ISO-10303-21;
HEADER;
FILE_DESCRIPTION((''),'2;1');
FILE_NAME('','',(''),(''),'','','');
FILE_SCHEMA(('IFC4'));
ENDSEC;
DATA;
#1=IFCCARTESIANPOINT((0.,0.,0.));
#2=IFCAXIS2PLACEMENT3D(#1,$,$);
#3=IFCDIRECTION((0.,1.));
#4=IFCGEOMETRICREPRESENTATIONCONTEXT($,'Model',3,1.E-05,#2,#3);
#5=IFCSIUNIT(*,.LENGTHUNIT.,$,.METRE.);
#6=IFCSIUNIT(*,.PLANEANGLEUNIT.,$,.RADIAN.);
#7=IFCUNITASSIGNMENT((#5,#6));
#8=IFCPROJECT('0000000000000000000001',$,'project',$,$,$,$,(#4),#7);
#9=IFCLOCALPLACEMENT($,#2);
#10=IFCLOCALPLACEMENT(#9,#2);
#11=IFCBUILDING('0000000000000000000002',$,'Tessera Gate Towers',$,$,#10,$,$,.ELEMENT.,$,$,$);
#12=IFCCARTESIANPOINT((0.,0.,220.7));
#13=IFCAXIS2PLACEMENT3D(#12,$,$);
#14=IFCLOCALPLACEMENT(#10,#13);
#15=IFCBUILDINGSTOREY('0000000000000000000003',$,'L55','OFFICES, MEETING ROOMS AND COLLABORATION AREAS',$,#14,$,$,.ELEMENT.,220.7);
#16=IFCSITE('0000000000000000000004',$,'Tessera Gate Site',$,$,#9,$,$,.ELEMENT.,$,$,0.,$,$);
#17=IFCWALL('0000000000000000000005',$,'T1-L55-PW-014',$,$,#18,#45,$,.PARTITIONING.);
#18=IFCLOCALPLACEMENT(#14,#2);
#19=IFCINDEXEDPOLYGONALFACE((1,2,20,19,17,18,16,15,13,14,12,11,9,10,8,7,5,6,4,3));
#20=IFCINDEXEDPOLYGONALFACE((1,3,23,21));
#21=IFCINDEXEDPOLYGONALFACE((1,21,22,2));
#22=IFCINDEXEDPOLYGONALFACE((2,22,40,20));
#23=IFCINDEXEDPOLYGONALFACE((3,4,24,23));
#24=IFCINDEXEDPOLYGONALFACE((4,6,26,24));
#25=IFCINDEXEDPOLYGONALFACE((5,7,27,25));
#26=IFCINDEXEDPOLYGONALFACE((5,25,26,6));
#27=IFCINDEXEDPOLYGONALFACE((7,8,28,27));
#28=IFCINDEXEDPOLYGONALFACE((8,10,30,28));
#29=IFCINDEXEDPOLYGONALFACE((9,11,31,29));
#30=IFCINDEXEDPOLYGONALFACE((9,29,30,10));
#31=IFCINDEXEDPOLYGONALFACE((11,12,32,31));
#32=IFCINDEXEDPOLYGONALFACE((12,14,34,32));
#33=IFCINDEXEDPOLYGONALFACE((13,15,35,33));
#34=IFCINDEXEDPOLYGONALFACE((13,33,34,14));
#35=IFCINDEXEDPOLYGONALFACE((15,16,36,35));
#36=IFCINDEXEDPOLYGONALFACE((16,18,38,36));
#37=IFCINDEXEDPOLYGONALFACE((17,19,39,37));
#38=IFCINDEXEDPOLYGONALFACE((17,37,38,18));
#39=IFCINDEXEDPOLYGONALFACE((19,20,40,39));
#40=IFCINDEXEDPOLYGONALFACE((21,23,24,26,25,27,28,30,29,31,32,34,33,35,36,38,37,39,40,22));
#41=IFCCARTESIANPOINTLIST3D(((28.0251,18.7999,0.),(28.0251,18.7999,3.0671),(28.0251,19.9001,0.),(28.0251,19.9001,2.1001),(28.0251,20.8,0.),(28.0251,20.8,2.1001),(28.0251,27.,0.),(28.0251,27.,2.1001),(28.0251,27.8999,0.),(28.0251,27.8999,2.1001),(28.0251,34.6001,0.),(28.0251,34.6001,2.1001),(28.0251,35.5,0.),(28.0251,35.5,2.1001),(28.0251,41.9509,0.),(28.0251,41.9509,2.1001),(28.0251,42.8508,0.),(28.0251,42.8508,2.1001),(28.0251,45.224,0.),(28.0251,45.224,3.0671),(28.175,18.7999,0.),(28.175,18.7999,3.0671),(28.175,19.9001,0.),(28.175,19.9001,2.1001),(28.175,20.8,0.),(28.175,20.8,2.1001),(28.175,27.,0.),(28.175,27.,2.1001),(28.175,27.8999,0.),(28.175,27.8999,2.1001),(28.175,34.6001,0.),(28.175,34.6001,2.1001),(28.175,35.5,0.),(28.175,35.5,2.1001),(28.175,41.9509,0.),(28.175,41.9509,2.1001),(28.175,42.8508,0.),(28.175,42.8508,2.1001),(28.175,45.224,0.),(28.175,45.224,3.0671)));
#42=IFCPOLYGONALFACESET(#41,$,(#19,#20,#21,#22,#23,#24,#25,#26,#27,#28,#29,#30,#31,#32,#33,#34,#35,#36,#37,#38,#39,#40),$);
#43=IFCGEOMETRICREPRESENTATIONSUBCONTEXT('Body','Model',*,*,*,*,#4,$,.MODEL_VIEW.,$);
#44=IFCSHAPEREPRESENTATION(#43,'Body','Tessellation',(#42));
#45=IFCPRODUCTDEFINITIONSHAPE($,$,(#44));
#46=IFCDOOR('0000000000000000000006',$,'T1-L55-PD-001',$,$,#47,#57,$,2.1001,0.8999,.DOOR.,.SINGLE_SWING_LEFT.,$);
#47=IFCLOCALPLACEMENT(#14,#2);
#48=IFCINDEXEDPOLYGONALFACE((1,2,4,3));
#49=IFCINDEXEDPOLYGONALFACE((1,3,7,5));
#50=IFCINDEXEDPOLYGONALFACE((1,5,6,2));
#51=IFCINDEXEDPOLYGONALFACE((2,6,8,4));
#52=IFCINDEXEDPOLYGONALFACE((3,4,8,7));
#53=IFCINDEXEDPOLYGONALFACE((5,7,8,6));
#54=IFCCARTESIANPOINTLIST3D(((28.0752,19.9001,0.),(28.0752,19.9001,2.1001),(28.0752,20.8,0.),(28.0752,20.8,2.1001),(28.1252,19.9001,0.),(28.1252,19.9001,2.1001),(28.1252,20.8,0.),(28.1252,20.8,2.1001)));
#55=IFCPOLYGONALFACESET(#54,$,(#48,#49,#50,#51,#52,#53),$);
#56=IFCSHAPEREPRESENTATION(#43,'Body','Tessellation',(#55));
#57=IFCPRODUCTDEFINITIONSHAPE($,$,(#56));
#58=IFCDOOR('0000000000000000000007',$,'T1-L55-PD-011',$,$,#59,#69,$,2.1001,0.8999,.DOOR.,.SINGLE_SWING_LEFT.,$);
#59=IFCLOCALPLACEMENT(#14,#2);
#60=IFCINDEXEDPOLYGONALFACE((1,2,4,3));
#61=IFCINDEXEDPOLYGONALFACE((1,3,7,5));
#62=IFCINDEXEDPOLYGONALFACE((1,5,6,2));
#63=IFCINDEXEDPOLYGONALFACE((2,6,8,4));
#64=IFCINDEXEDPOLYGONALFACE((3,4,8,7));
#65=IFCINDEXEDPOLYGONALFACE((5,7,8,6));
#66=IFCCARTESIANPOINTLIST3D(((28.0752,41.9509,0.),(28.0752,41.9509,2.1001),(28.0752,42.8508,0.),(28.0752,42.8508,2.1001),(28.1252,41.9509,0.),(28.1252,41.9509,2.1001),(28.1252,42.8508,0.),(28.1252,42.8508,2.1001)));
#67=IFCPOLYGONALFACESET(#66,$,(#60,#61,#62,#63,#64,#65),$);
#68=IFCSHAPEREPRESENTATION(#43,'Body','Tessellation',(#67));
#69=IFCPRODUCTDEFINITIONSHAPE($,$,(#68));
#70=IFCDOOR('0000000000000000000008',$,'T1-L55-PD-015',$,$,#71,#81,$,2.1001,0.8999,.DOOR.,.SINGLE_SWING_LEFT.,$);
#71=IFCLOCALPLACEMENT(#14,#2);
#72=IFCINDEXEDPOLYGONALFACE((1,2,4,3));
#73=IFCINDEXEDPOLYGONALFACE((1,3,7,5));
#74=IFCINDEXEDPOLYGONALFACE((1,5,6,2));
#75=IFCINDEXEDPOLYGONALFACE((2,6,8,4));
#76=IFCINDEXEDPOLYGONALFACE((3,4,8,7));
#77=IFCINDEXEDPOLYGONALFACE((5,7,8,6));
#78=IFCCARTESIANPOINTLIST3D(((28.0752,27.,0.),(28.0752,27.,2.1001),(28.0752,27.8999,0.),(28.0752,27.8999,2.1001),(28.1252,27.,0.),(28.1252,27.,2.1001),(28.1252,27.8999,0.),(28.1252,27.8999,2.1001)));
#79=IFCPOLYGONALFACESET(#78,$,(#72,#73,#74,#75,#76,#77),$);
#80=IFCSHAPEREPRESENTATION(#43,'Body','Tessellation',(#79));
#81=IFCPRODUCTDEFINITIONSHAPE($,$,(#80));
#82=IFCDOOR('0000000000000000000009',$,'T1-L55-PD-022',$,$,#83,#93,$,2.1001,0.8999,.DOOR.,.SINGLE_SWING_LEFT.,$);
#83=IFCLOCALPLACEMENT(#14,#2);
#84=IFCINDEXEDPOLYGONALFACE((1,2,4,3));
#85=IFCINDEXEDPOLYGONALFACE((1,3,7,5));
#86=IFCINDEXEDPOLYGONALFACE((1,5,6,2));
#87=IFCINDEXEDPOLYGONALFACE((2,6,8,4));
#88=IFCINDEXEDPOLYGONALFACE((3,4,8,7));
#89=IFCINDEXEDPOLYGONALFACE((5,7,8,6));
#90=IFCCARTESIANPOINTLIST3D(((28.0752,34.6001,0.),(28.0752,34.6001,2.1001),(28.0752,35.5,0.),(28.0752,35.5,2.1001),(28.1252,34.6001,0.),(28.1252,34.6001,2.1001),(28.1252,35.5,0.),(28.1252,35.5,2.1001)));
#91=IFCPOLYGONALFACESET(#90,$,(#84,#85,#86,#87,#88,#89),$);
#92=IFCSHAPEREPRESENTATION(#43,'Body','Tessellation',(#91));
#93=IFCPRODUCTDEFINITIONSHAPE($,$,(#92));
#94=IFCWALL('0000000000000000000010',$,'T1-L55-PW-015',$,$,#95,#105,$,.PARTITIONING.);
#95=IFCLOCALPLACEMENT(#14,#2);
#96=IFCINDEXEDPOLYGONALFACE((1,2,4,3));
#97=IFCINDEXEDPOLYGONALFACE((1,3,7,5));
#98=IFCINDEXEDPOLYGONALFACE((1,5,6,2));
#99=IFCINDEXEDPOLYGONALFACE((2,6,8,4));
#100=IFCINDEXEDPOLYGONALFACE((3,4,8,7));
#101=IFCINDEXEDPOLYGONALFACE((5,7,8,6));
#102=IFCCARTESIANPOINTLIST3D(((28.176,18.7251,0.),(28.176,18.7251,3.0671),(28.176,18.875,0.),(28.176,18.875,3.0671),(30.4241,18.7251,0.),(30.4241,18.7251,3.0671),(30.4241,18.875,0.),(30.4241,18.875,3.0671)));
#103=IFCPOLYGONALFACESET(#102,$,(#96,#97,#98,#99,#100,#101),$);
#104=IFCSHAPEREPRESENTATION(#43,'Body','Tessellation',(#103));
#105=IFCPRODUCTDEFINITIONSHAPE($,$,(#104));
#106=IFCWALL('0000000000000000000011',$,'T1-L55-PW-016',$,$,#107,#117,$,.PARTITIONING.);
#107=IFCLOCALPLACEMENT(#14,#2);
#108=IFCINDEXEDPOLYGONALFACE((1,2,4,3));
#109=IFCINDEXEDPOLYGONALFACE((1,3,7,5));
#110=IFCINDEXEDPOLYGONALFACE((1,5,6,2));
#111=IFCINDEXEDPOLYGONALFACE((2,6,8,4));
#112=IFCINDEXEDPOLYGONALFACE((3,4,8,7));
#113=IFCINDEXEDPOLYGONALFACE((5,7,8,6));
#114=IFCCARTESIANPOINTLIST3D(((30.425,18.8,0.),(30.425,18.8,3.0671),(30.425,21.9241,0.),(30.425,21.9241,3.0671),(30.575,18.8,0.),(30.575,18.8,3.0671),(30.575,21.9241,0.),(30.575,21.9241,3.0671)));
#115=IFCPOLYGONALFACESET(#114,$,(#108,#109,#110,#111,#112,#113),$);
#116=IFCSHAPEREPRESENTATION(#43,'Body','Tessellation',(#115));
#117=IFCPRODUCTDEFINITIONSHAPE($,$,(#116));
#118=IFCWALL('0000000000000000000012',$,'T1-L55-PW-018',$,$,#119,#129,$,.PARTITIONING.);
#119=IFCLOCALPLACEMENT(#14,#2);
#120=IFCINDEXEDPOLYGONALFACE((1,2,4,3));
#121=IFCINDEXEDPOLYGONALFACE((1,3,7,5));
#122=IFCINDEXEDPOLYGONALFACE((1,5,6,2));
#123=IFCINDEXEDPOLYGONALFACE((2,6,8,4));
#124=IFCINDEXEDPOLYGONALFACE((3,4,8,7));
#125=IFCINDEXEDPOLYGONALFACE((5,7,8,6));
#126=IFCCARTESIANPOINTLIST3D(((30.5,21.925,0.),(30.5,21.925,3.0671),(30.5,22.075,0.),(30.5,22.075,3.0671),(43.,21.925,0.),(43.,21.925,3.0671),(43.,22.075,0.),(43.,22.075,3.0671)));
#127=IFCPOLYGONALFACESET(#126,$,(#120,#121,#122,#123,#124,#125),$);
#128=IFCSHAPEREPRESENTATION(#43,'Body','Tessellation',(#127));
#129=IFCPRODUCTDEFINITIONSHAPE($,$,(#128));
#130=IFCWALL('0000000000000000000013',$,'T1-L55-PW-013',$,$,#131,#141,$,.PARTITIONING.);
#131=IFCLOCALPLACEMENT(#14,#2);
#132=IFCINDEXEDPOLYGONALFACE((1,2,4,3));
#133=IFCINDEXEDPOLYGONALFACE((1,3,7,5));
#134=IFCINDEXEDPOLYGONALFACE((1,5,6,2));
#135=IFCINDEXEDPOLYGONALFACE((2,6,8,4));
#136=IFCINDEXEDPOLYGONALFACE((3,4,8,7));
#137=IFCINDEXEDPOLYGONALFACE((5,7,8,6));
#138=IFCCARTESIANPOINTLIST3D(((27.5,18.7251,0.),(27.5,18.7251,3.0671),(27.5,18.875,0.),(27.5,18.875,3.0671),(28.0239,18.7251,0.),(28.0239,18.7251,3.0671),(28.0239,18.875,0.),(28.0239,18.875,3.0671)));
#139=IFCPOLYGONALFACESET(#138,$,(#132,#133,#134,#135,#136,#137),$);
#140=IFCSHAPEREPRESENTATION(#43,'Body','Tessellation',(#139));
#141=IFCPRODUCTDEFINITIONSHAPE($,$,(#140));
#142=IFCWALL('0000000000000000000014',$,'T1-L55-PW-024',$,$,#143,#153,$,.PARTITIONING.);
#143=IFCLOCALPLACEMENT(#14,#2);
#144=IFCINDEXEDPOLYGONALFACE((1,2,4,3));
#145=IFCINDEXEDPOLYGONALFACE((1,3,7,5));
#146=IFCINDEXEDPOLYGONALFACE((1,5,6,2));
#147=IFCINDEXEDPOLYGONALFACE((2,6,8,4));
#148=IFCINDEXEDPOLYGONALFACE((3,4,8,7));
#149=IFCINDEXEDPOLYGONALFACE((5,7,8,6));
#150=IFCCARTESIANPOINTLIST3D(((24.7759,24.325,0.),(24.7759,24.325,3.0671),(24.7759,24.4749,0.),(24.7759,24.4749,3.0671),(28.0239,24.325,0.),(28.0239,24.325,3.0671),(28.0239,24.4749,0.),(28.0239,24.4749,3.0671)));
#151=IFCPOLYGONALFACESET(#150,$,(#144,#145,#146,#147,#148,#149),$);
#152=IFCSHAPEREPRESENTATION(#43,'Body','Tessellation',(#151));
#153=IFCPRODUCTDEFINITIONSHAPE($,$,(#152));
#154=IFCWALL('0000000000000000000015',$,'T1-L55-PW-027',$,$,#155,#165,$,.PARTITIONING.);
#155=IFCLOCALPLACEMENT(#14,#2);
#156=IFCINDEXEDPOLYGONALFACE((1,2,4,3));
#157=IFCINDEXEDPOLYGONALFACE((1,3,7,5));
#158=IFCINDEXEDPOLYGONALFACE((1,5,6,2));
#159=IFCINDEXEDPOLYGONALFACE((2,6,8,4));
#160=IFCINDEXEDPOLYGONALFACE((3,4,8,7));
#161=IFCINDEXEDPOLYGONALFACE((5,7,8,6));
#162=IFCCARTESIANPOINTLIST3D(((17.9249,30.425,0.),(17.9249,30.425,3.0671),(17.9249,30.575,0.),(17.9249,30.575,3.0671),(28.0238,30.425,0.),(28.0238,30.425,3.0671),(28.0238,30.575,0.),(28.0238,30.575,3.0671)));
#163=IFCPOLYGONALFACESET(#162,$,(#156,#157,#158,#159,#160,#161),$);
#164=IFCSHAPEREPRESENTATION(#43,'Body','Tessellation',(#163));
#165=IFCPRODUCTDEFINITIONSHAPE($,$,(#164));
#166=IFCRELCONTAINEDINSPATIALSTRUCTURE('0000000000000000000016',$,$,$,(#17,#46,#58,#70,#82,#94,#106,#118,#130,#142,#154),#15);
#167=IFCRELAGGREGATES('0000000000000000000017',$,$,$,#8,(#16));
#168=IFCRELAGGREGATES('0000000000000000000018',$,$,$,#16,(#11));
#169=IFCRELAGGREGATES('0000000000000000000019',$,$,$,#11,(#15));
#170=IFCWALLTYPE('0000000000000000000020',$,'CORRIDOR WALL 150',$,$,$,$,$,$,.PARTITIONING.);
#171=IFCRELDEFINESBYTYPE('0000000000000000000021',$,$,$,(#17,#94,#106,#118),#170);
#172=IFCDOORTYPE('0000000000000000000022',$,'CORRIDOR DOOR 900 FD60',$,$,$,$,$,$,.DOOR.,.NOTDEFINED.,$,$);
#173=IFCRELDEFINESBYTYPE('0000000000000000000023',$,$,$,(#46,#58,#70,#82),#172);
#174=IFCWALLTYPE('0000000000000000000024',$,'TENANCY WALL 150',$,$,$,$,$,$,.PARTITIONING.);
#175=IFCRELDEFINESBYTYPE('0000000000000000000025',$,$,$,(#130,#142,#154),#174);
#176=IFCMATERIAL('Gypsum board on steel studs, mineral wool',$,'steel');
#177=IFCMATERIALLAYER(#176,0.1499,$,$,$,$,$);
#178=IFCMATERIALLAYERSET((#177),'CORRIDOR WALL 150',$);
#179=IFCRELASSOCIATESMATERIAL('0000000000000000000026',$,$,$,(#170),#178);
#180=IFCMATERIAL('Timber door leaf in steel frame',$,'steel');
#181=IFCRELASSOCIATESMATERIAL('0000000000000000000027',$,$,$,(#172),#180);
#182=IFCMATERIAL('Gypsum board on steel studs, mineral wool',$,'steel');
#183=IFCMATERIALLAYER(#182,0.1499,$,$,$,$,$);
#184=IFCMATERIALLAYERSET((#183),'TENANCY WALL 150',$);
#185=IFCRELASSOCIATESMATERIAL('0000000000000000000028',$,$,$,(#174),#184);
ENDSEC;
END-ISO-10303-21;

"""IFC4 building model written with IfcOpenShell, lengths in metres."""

from ifc_helpers import new_model, si_unit, direction, frame, frame_2d, origin, place, context, subcontext, project, spatial, rectangle, extrude, source, transform, mapped, material, layer, layer_set, type_object, element, fill, save


model = new_model("IFC4")

# Units and contexts
model_context = context("Model", 3, precision=1e-05, world=origin(), true_north=direction((0.0, 1.0)))
body_context = subcontext(model_context, "Body", "Model", "MODEL_VIEW")
ifc_project = project(units=[si_unit("LENGTHUNIT", "METRE"), si_unit("PLANEANGLEUNIT", "RADIAN")], contexts=[model_context])

# Site, building, storey
site_placement = place(None, origin())
site = spatial("IfcSite", under=ifc_project, at=site_placement, Name="Tessera Gate Site", CompositionType="ELEMENT", RefElevation=0.0)
building_placement = place(site_placement, origin())
building = spatial("IfcBuilding", under=site, at=building_placement, Name="Tessera Gate Towers", CompositionType="ELEMENT")
storey_placement = place(building_placement, frame((0.0, 0.0, 220.7)))
storey = spatial("IfcBuildingStorey", under=building, at=storey_placement, Name="L55", Description="OFFICES, MEETING ROOMS AND COLLABORATION AREAS", CompositionType="ELEMENT", Elevation=220.7)

# Wall, openings, doors
ifc_material_1 = material(Name="Gypsum board on steel studs, mineral wool", Category="steel")
ifc_layer_1 = layer(ifc_material_1, 0.1499)
ifc_layer_set_1 = layer_set([ifc_layer_1], Name="CORRIDOR WALL 150")
wall_type_1 = type_object("IfcWallType", Name="CORRIDOR WALL 150", PredefinedType="PARTITIONING", material=ifc_layer_set_1)
wall_1_placement = place(storey_placement, frame((28.1001, 18.8, 0.0), z_axis=(0.0, 0.0, 1.0), x_axis=(0.0, 1.0, 0.0)))
wall_1 = element("IfcWall", 1, at=wall_1_placement, inside=storey, type_object=wall_type_1, Name="T1-L55-PW-014", PredefinedType="PARTITIONING", context=body_context, shape_type="SweptSolid", body=[
    extrude(rectangle(XDim=26.4241, YDim=0.1499, at=frame_2d((13.2119, 0.0))), origin(), (0.0, 0.0, 1.0), 3.0671),
])
shared_shape_1 = source(origin(), body_context, "Body", "SweptSolid", [
    extrude(rectangle(XDim=0.8999, YDim=2.1001, at=frame_2d((0.45, 1.05))), frame((0.0, 0.085, 0.0), z_axis=(0.0, -1.0, 0.0), x_axis=(1.0, 0.0, 0.0)), (0.0, 0.0, 1.0), 0.1699),
])
opening_1_placement = place(wall_1_placement, frame((1.1001, 0.0, 0.0)))
opening_1 = element("IfcOpeningElement", 2, at=opening_1_placement, cuts=wall_1, PredefinedType="OPENING", context=body_context, shape_type="MappedRepresentation", body=[
    mapped(shared_shape_1, transform((0.0, 0.0, 0.0), scale=1.0)),
])
opening_2_placement = place(wall_1_placement, frame((23.1509, 0.0, 0.0)))
opening_2 = element("IfcOpeningElement", 3, at=opening_2_placement, cuts=wall_1, PredefinedType="OPENING", context=body_context, shape_type="MappedRepresentation", body=[
    mapped(shared_shape_1, transform((0.0, 0.0, 0.0), scale=1.0)),
])
opening_3_placement = place(wall_1_placement, frame((8.2, 0.0, 0.0)))
opening_3 = element("IfcOpeningElement", 4, at=opening_3_placement, cuts=wall_1, PredefinedType="OPENING", context=body_context, shape_type="MappedRepresentation", body=[
    mapped(shared_shape_1, transform((0.0, 0.0, 0.0), scale=1.0)),
])
opening_4_placement = place(wall_1_placement, frame((15.8, 0.0, 0.0)))
opening_4 = element("IfcOpeningElement", 5, at=opening_4_placement, cuts=wall_1, PredefinedType="OPENING", context=body_context, shape_type="MappedRepresentation", body=[
    mapped(shared_shape_1, transform((0.0, 0.0, 0.0), scale=1.0)),
])
ifc_material_2 = material(Name="Timber door leaf in steel frame", Category="steel")
door_type_1 = type_object("IfcDoorType", Name="CORRIDOR DOOR 900 FD60", OperationType="NOTDEFINED", PredefinedType="DOOR", material=ifc_material_2)
shared_shape_2 = source(origin(), body_context, "Body", "SweptSolid", [
    extrude(rectangle(XDim=0.8999, YDim=2.1001, at=frame_2d((0.45, 1.05))), frame((0.0, 0.0249, 0.0), z_axis=(0.0, -1.0, 0.0), x_axis=(1.0, 0.0, 0.0)), (0.0, 0.0, 1.0), 0.05),
])
door_1_placement = place(opening_1_placement, origin())
door_1 = element("IfcDoor", 6, at=door_1_placement, inside=storey, type_object=door_type_1, Name="T1-L55-PD-001", OperationType="SINGLE_SWING_LEFT", OverallHeight=2.1001, OverallWidth=0.8999, PredefinedType="DOOR", context=body_context, shape_type="MappedRepresentation", body=[
    mapped(shared_shape_2, transform((0.0, 0.0, 0.0), scale=1.0)),
])
fill(opening_1, door_1)
door_2_placement = place(opening_2_placement, origin())
door_2 = element("IfcDoor", 7, at=door_2_placement, inside=storey, type_object=door_type_1, Name="T1-L55-PD-011", OperationType="SINGLE_SWING_LEFT", OverallHeight=2.1001, OverallWidth=0.8999, PredefinedType="DOOR", context=body_context, shape_type="MappedRepresentation", body=[
    mapped(shared_shape_2, transform((0.0, 0.0, 0.0), scale=1.0)),
])
fill(opening_2, door_2)
door_3_placement = place(opening_3_placement, origin())
door_3 = element("IfcDoor", 8, at=door_3_placement, inside=storey, type_object=door_type_1, Name="T1-L55-PD-015", OperationType="SINGLE_SWING_LEFT", OverallHeight=2.1001, OverallWidth=0.8999, PredefinedType="DOOR", context=body_context, shape_type="MappedRepresentation", body=[
    mapped(shared_shape_2, transform((0.0, 0.0, 0.0), scale=1.0)),
])
fill(opening_3, door_3)
door_4_placement = place(opening_4_placement, origin())
door_4 = element("IfcDoor", 9, at=door_4_placement, inside=storey, type_object=door_type_1, Name="T1-L55-PD-022", OperationType="SINGLE_SWING_LEFT", OverallHeight=2.1001, OverallWidth=0.8999, PredefinedType="DOOR", context=body_context, shape_type="MappedRepresentation", body=[
    mapped(shared_shape_2, transform((0.0, 0.0, 0.0), scale=1.0)),
])
fill(opening_4, door_4)

# Walls
wall_2_placement = place(storey_placement, frame((28.176, 18.8, 0.0), z_axis=(0.0, 0.0, 1.0), x_axis=(1.0, 0.0, 0.0)))
element("IfcWall", 10, at=wall_2_placement, inside=storey, type_object=wall_type_1, Name="T1-L55-PW-015", PredefinedType="PARTITIONING", context=body_context, shape_type="SweptSolid", body=[
    extrude(rectangle(XDim=2.248, YDim=0.1499, at=frame_2d((1.124, 0.0))), origin(), (0.0, 0.0, 1.0), 3.0671),
])
wall_3_placement = place(storey_placement, frame((30.5, 18.8, 0.0), z_axis=(0.0, 0.0, 1.0), x_axis=(0.0, 1.0, 0.0)))
element("IfcWall", 11, at=wall_3_placement, inside=storey, type_object=wall_type_1, Name="T1-L55-PW-016", PredefinedType="PARTITIONING", context=body_context, shape_type="SweptSolid", body=[
    extrude(rectangle(XDim=3.124, YDim=0.1499, at=frame_2d((1.562, 0.0))), origin(), (0.0, 0.0, 1.0), 3.0671),
])
wall_4_placement = place(storey_placement, frame((30.5, 22.0, 0.0), z_axis=(0.0, 0.0, 1.0), x_axis=(1.0, 0.0, 0.0)))
element("IfcWall", 12, at=wall_4_placement, inside=storey, type_object=wall_type_1, Name="T1-L55-PW-018", PredefinedType="PARTITIONING", context=body_context, shape_type="SweptSolid", body=[
    extrude(rectangle(XDim=12.5, YDim=0.1499, at=frame_2d((6.25, 0.0))), origin(), (0.0, 0.0, 1.0), 3.0671),
])
ifc_material_3 = material(Name="Gypsum board on steel studs, mineral wool", Category="steel")
ifc_layer_2 = layer(ifc_material_3, 0.1499)
ifc_layer_set_2 = layer_set([ifc_layer_2], Name="TENANCY WALL 150")
wall_type_2 = type_object("IfcWallType", Name="TENANCY WALL 150", PredefinedType="PARTITIONING", material=ifc_layer_set_2)
wall_5_placement = place(storey_placement, frame((27.5, 18.8, 0.0), z_axis=(0.0, 0.0, 1.0), x_axis=(1.0, 0.0, 0.0)))
element("IfcWall", 13, at=wall_5_placement, inside=storey, type_object=wall_type_2, Name="T1-L55-PW-013", PredefinedType="PARTITIONING", context=body_context, shape_type="SweptSolid", body=[
    extrude(rectangle(XDim=0.5239, YDim=0.1499, at=frame_2d((0.262, 0.0))), origin(), (0.0, 0.0, 1.0), 3.0671),
])
wall_6_placement = place(storey_placement, frame((24.7759, 24.3999, 0.0), z_axis=(0.0, 0.0, 1.0), x_axis=(1.0, 0.0, 0.0)))
element("IfcWall", 14, at=wall_6_placement, inside=storey, type_object=wall_type_2, Name="T1-L55-PW-024", PredefinedType="PARTITIONING", context=body_context, shape_type="SweptSolid", body=[
    extrude(rectangle(XDim=3.248, YDim=0.1499, at=frame_2d((1.624, 0.0))), origin(), (0.0, 0.0, 1.0), 3.0671),
])
wall_7_placement = place(storey_placement, frame((17.925, 30.5, 0.0), z_axis=(0.0, 0.0, 1.0), x_axis=(1.0, 0.0, 0.0)))
element("IfcWall", 15, at=wall_7_placement, inside=storey, type_object=wall_type_2, Name="T1-L55-PW-027", PredefinedType="PARTITIONING", context=body_context, shape_type="SweptSolid", body=[
    extrude(rectangle(XDim=10.0989, YDim=0.1499, at=frame_2d((5.0493, 0.0))), origin(), (0.0, 0.0, 1.0), 3.0671),
])

save(model, "model.ifc")
